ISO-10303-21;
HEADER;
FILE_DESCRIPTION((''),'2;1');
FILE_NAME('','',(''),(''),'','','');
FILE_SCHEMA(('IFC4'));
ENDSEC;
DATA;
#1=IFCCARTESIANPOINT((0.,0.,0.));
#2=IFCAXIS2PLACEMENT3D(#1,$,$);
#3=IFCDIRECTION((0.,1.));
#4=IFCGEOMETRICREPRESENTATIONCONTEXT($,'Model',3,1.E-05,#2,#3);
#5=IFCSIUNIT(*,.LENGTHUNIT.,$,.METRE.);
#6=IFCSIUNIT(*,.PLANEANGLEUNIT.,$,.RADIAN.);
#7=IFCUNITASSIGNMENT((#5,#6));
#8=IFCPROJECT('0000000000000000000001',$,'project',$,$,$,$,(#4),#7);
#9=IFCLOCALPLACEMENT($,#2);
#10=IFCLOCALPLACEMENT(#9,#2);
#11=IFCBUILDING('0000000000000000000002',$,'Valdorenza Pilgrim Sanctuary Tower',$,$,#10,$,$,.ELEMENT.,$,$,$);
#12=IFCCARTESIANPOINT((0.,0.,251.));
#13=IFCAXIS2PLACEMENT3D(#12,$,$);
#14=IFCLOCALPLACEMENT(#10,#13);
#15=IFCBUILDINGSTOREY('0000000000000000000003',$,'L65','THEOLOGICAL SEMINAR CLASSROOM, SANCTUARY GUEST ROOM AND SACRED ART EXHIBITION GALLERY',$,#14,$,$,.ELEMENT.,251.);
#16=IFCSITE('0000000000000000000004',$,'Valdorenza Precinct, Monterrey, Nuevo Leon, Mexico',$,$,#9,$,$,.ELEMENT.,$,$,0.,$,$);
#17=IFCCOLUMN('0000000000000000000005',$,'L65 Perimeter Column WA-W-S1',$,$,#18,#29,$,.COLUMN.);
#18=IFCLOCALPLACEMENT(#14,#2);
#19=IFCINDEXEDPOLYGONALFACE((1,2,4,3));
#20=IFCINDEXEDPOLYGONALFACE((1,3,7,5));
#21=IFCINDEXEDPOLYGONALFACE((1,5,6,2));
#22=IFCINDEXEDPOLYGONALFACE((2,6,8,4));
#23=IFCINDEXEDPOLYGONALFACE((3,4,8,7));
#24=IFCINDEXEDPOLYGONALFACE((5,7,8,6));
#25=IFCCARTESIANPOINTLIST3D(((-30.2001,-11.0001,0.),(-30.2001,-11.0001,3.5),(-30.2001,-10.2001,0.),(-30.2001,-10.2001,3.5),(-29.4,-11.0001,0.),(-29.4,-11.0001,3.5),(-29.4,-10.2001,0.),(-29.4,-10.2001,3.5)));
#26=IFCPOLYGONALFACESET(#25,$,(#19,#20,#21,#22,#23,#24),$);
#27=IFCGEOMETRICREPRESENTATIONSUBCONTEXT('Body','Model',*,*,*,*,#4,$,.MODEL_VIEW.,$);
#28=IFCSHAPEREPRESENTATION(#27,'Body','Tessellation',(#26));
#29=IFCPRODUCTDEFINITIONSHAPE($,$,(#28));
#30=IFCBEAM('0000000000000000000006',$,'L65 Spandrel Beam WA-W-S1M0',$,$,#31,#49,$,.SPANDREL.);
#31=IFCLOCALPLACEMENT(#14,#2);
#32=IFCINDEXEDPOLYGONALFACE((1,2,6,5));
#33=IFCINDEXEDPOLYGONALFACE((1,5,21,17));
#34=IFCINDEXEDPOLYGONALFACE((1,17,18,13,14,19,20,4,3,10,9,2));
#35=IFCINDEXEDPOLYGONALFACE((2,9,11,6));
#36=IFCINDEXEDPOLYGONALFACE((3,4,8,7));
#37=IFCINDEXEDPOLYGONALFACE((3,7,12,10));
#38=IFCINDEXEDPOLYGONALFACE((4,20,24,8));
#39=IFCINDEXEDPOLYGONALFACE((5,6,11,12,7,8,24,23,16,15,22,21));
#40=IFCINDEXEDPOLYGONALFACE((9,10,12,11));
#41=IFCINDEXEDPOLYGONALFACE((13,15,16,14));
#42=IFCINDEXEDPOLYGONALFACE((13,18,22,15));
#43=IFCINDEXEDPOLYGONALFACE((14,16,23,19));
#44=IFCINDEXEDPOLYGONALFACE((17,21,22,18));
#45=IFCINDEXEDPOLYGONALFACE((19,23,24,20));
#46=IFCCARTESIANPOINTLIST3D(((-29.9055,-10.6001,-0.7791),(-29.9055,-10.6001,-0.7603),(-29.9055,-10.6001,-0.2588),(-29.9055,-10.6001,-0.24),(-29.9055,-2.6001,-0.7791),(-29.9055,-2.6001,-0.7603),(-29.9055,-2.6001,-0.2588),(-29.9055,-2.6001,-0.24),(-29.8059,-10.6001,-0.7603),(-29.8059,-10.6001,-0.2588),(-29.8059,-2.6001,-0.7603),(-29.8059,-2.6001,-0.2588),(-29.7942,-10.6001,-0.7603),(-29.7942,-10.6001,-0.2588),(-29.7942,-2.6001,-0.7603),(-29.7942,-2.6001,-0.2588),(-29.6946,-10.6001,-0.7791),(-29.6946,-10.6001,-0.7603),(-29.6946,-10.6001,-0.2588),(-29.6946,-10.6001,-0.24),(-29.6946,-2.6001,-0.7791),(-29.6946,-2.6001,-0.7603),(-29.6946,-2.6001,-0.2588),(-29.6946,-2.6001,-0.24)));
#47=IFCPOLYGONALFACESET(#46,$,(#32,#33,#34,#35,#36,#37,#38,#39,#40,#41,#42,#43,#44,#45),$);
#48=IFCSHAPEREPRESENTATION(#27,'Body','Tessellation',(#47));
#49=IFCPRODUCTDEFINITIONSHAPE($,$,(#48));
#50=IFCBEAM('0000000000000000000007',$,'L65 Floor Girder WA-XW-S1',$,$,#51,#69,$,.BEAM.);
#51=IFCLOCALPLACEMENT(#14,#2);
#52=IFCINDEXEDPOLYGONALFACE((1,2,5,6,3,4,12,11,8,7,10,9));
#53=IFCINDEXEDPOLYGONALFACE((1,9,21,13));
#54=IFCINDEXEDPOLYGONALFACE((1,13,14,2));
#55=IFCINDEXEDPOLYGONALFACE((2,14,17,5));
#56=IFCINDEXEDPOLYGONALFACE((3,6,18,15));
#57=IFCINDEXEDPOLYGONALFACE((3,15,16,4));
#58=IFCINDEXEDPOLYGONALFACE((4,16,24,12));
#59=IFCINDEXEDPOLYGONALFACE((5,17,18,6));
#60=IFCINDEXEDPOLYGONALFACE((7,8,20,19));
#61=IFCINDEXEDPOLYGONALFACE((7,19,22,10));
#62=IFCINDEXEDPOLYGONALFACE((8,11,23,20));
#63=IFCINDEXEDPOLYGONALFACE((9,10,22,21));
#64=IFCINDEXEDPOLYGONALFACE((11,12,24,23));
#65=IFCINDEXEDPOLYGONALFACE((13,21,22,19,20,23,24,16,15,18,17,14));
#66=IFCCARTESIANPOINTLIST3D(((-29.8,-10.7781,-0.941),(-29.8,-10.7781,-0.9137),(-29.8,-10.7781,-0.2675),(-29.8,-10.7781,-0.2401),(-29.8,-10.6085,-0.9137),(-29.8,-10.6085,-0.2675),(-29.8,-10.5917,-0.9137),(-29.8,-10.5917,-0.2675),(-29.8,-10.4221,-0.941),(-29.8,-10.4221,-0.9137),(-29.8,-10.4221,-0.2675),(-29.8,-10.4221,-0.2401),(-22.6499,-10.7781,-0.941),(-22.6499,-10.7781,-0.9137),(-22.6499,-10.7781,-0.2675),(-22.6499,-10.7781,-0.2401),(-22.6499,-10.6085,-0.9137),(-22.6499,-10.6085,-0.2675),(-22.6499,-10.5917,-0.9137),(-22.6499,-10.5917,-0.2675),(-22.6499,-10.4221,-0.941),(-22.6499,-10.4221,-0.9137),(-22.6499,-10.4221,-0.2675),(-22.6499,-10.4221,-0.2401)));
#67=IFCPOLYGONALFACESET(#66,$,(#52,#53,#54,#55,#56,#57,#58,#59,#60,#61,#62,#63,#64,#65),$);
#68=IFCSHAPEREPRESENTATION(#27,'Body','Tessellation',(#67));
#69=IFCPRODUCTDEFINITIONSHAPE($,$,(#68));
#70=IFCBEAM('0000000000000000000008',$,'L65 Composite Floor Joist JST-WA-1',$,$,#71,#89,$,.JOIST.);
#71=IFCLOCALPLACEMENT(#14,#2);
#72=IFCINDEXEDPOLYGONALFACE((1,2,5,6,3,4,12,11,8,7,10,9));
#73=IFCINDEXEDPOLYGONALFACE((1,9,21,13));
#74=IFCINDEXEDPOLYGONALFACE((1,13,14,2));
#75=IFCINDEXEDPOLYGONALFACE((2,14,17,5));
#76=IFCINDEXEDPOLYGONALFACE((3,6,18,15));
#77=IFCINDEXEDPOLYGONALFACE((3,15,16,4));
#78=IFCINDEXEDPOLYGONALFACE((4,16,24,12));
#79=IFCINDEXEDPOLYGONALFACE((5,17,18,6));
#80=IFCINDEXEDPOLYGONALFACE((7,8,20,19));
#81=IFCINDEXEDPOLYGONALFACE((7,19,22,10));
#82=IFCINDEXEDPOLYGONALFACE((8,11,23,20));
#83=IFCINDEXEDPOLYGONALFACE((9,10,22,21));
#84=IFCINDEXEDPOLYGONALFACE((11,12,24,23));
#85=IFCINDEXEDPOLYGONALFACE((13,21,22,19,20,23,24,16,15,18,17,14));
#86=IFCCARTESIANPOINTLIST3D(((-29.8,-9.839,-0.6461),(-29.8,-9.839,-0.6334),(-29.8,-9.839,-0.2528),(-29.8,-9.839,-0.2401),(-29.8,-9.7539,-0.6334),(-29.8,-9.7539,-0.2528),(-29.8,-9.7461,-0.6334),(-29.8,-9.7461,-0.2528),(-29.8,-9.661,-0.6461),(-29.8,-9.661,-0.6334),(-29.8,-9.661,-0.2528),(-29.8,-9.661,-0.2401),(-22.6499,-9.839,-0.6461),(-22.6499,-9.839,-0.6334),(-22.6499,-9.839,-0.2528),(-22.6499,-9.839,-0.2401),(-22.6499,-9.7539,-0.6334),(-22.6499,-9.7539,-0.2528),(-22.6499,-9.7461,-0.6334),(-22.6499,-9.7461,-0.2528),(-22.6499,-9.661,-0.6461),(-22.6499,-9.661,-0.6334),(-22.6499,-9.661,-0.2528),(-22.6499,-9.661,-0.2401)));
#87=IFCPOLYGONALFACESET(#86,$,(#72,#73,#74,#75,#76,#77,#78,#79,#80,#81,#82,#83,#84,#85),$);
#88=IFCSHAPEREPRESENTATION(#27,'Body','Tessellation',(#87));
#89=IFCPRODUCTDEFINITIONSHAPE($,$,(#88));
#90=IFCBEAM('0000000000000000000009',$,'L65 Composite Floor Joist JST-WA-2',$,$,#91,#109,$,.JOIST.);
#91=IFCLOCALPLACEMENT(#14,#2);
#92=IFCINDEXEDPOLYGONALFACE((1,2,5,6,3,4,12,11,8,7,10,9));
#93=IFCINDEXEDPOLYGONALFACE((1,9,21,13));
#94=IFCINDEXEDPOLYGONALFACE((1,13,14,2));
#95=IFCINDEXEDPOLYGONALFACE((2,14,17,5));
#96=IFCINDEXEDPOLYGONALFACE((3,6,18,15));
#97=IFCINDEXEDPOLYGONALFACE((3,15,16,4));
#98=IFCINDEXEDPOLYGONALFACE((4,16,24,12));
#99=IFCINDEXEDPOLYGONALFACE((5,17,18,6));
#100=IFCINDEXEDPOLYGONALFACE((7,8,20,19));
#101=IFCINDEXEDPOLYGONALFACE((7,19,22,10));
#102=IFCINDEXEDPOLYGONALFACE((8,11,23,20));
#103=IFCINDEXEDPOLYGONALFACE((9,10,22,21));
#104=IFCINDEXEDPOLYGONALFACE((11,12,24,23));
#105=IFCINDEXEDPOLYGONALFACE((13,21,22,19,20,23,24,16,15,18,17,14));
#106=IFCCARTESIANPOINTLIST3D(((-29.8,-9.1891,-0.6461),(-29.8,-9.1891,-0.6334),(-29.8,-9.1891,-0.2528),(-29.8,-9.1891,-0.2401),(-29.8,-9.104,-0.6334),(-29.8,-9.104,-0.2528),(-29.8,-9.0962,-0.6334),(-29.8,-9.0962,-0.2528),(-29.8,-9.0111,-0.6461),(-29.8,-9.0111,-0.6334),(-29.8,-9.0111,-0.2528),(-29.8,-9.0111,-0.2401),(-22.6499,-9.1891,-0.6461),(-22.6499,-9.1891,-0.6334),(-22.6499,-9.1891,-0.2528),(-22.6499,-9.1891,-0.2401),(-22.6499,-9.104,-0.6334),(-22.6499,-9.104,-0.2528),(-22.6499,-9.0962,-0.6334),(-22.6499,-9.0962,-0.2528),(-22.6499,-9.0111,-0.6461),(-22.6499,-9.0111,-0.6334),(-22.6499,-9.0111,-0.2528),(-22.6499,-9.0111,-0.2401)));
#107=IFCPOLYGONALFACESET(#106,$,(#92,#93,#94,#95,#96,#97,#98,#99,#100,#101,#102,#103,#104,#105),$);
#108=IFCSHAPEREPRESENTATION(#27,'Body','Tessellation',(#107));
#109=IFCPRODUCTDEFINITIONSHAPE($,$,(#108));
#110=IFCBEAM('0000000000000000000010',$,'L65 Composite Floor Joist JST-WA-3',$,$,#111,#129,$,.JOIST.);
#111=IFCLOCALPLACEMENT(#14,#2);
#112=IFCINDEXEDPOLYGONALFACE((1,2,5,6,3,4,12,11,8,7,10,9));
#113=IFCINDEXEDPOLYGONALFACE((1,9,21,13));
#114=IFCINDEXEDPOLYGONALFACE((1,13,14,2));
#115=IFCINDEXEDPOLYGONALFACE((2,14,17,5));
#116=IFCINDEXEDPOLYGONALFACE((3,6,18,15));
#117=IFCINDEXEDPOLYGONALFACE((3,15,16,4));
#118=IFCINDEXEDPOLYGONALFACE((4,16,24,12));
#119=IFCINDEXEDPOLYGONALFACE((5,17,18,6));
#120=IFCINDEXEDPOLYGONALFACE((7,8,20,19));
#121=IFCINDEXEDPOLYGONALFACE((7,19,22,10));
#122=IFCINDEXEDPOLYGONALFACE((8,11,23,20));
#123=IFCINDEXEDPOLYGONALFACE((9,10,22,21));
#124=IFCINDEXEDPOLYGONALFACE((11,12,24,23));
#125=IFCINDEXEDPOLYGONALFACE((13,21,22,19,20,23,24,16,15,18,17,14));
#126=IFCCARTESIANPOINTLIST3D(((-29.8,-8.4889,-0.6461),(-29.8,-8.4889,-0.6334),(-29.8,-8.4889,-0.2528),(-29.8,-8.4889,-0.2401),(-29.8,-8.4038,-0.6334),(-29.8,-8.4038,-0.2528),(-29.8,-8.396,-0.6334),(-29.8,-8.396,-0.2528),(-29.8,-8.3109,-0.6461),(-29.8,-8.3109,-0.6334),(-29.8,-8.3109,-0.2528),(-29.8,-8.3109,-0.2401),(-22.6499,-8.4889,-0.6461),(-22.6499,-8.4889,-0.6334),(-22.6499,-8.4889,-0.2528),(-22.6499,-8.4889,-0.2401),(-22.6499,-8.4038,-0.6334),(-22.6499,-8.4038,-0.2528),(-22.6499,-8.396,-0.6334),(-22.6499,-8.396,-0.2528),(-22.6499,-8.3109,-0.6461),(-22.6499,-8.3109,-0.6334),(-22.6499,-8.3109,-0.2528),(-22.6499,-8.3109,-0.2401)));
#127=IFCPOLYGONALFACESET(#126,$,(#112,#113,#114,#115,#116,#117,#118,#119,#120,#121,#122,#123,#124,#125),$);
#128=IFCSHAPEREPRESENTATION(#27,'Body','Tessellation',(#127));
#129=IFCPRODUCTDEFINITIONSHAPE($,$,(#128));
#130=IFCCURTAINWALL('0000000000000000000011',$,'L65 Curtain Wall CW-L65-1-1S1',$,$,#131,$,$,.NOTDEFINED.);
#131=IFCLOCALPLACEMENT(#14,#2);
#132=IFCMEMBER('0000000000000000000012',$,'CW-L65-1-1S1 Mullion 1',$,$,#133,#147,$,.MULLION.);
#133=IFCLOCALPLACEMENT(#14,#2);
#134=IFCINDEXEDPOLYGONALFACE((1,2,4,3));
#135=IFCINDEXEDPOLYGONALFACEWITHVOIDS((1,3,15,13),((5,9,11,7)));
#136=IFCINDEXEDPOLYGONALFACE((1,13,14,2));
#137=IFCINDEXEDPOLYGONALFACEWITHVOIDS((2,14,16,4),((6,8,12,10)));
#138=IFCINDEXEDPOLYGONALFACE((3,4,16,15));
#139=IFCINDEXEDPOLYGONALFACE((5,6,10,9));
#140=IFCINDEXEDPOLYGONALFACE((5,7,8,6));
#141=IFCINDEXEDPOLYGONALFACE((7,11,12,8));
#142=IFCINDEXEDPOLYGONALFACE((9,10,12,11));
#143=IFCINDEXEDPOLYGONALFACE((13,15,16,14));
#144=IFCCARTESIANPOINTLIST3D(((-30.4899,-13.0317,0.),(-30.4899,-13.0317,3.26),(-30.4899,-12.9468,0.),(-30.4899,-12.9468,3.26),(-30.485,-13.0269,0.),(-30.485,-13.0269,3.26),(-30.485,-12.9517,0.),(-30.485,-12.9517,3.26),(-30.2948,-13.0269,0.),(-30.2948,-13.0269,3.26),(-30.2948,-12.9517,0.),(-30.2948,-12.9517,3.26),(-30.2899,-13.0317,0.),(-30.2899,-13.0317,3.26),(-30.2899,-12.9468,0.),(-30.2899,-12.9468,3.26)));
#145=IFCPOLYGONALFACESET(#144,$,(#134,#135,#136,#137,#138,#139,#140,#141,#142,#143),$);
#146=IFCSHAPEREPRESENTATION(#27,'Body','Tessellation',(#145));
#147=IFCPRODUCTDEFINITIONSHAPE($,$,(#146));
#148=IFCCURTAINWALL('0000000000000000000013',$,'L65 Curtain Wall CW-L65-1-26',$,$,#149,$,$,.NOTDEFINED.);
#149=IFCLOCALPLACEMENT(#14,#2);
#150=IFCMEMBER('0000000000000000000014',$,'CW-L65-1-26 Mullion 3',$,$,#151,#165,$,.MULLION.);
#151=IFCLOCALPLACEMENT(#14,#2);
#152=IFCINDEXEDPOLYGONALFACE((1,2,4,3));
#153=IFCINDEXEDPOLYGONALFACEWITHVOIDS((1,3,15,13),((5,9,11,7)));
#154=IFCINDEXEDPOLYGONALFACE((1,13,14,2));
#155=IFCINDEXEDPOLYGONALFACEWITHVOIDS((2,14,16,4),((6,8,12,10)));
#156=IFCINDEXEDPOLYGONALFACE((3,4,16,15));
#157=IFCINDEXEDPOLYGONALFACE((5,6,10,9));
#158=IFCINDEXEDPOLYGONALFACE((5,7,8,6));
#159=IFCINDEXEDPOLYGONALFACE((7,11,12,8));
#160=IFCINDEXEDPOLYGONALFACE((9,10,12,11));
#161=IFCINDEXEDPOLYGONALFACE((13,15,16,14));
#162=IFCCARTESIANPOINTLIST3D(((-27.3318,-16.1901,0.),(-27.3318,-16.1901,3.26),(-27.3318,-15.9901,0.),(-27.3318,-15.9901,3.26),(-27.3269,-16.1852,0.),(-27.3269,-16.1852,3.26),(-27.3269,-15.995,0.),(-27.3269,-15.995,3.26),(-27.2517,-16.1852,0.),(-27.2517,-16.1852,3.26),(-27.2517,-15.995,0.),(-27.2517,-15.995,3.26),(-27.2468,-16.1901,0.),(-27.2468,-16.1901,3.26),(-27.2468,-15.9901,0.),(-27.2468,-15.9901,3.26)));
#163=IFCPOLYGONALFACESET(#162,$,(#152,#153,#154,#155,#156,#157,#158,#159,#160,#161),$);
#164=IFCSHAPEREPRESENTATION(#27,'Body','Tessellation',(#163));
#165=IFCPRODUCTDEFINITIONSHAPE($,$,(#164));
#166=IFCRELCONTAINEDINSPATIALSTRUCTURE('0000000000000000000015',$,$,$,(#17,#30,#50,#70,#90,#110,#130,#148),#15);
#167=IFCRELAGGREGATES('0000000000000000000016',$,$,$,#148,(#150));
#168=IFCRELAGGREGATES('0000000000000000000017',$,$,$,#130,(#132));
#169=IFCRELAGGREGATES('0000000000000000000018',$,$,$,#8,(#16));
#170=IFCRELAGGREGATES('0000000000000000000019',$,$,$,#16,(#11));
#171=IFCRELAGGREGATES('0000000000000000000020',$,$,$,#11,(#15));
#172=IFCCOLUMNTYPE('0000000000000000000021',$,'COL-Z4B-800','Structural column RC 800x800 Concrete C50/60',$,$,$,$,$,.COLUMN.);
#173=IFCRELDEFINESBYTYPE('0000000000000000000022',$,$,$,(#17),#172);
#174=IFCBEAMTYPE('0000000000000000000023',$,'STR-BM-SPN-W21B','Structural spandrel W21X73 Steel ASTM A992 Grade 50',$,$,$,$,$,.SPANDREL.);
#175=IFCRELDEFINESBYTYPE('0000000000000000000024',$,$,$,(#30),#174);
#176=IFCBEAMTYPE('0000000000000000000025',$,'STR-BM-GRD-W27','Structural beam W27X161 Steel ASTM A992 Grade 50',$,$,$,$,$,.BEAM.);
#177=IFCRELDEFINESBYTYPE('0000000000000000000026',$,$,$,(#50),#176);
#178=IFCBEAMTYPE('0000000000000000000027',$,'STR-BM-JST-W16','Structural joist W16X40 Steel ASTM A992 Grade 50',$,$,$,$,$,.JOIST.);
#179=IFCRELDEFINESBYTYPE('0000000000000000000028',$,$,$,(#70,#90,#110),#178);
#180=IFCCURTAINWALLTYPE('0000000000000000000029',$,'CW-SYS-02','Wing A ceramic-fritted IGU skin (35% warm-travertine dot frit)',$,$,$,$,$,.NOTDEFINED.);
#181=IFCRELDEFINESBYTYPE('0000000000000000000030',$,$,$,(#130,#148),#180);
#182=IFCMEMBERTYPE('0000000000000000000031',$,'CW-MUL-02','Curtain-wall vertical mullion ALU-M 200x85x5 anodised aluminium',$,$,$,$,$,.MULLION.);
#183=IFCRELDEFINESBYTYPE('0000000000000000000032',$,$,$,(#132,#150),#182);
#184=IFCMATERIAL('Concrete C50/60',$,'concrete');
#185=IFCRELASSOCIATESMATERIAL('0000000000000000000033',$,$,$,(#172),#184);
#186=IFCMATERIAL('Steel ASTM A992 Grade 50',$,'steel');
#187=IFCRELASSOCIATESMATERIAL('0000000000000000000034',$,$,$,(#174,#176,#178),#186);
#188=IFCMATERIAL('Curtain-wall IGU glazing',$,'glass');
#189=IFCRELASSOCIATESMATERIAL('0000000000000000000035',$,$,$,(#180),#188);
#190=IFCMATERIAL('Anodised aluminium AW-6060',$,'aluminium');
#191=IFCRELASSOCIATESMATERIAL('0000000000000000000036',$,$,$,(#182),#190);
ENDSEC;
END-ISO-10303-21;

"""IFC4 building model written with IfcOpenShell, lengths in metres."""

from ifc_helpers import new_model, si_unit, direction, frame, origin, origin_2d, place, context, subcontext, project, spatial, rectangle, hollow_rectangle, i_section, extrude, source, transform, mapped, material, material_profile, profile_set, type_object, element, aggregate, save


model = new_model("IFC4")

# Units and contexts
model_context = context("Model", 3, precision=1e-05, world=origin(), true_north=direction((0.0, 1.0)))
body_context = subcontext(model_context, "Body", "Model", "MODEL_VIEW")
ifc_project = project(units=[si_unit("LENGTHUNIT", "METRE"), si_unit("PLANEANGLEUNIT", "RADIAN")], contexts=[model_context])

# Site, building, storey
site_placement = place(None, origin())
site = spatial("IfcSite", under=ifc_project, at=site_placement, Name="Valdorenza Precinct, Monterrey, Nuevo Leon, Mexico", CompositionType="ELEMENT", RefElevation=0.0)
building_placement = place(site_placement, origin())
building = spatial("IfcBuilding", under=site, at=building_placement, Name="Valdorenza Pilgrim Sanctuary Tower", CompositionType="ELEMENT")
storey_placement = place(building_placement, frame((0.0, 0.0, 251.0)))
storey = spatial("IfcBuildingStorey", under=building, at=storey_placement, Name="L65", Description="THEOLOGICAL SEMINAR CLASSROOM, SANCTUARY GUEST ROOM AND SACRED ART EXHIBITION GALLERY", CompositionType="ELEMENT", Elevation=251.0)

# Column
ifc_material_1 = material(Name="Concrete C50/60", Category="concrete")
ifc_material_profile_1 = material_profile(ifc_material_1, rectangle(XDim=0.8, YDim=0.8, at=origin_2d()), Name="RC 800x800")
ifc_profile_set_1 = profile_set([ifc_material_profile_1], Name="Concrete C50/60")
column_type = type_object("IfcColumnType", Name="COL-Z4B-800", Description="Structural column RC 800x800 Concrete C50/60", PredefinedType="COLUMN", material=ifc_profile_set_1)
shared_shape_1 = source(origin(), body_context, "Body", "SweptSolid", [
    extrude(rectangle(XDim=0.8, YDim=0.8, at=origin_2d()), origin(), (0.0, 0.0, 1.0), 3.5),
])
column_placement = place(storey_placement, frame((-29.8, -10.6001, 0.0), z_axis=(0.0, 0.0, 1.0), x_axis=(1.0, 0.0, 0.0)))
element("IfcColumn", 1, at=column_placement, inside=storey, type_object=column_type, Name="L65 Perimeter Column WA-W-S1", PredefinedType="COLUMN", context=body_context, shape_type="MappedRepresentation", body=[
    mapped(shared_shape_1, transform((0.0, 0.0, 0.0), x_axis=(1.0, 0.0, 0.0), y_axis=(0.0, 1.0, 0.0), z_axis=(0.0, 0.0, 1.0), scale=1.0)),
])

# Beams
ifc_material_2 = material(Name="Steel ASTM A992 Grade 50", Category="steel")
ifc_material_profile_2 = material_profile(ifc_material_2, i_section(OverallWidth=0.2109, OverallDepth=0.5391, WebThickness=0.0117, FlangeThickness=0.0188, at=origin_2d()), Name="W21X73")
ifc_profile_set_2 = profile_set([ifc_material_profile_2], Name="Steel ASTM A992 Grade 50")
beam_type_1 = type_object("IfcBeamType", Name="STR-BM-SPN-W21B", Description="Structural spandrel W21X73 Steel ASTM A992 Grade 50", PredefinedType="SPANDREL", material=ifc_profile_set_2)
shared_shape_2 = source(origin(), body_context, "Body", "SweptSolid", [
    extrude(i_section(OverallWidth=0.2109, OverallDepth=0.5391, WebThickness=0.0117, FlangeThickness=0.0188, at=origin_2d()), origin(), (0.0, 0.0, 1.0), 8.0),
])
beam_1_placement = place(storey_placement, frame((-29.8, -10.6001, -0.5095), z_axis=(0.0, 1.0, 0.0), x_axis=(-1.0, 0.0, 0.0)))
element("IfcBeam", 2, at=beam_1_placement, inside=storey, type_object=beam_type_1, Name="L65 Spandrel Beam WA-W-S1M0", PredefinedType="SPANDREL", context=body_context, shape_type="MappedRepresentation", body=[
    mapped(shared_shape_2, transform((0.0, 0.0, 0.0), x_axis=(1.0, 0.0, 0.0), y_axis=(0.0, 1.0, 0.0), z_axis=(0.0, 0.0, 1.0), scale=1.0)),
])
ifc_material_profile_3 = material_profile(ifc_material_2, i_section(OverallWidth=0.356, OverallDepth=0.7009, WebThickness=0.0168, FlangeThickness=0.0273, at=origin_2d()), Name="W27X161")
ifc_profile_set_3 = profile_set([ifc_material_profile_3], Name="Steel ASTM A992 Grade 50")
beam_type_2 = type_object("IfcBeamType", Name="STR-BM-GRD-W27", Description="Structural beam W27X161 Steel ASTM A992 Grade 50", PredefinedType="BEAM", material=ifc_profile_set_3)
shared_shape_3 = source(origin(), body_context, "Body", "SweptSolid", [
    extrude(i_section(OverallWidth=0.356, OverallDepth=0.7009, WebThickness=0.0168, FlangeThickness=0.0273, at=origin_2d()), origin(), (0.0, 0.0, 1.0), 7.1501),
])
beam_2_placement = place(storey_placement, frame((-29.8, -10.6001, -0.5906), z_axis=(1.0, 0.0, 0.0), x_axis=(0.0, 1.0, 0.0)))
element("IfcBeam", 3, at=beam_2_placement, inside=storey, type_object=beam_type_2, Name="L65 Floor Girder WA-XW-S1", PredefinedType="BEAM", context=body_context, shape_type="MappedRepresentation", body=[
    mapped(shared_shape_3, transform((0.0, 0.0, 0.0), x_axis=(1.0, 0.0, 0.0), y_axis=(0.0, 1.0, 0.0), z_axis=(0.0, 0.0, 1.0), scale=1.0)),
])
ifc_material_profile_4 = material_profile(ifc_material_2, i_section(OverallWidth=0.178, OverallDepth=0.406, WebThickness=0.0078, FlangeThickness=0.0127, at=origin_2d()), Name="W16X40")
ifc_profile_set_4 = profile_set([ifc_material_profile_4], Name="Steel ASTM A992 Grade 50")
beam_type_3 = type_object("IfcBeamType", Name="STR-BM-JST-W16", Description="Structural joist W16X40 Steel ASTM A992 Grade 50", PredefinedType="JOIST", material=ifc_profile_set_4)
shared_shape_4 = source(origin(), body_context, "Body", "SweptSolid", [
    extrude(i_section(OverallWidth=0.178, OverallDepth=0.406, WebThickness=0.0078, FlangeThickness=0.0127, at=origin_2d()), origin(), (0.0, 0.0, 1.0), 7.1501),
])
for number, where, z_axis, x_axis, name in (
    (4, (-29.8, -9.75, -0.4431), (1.0, 0.0, 0.0), (0.0, 1.0, 0.0), "L65 Composite Floor Joist JST-WA-1"),
    (5, (-29.8, -9.1001, -0.4431), (1.0, 0.0, 0.0), (0.0, 1.0, 0.0), "L65 Composite Floor Joist JST-WA-2"),
    (6, (-29.8, -8.3999, -0.4431), (1.0, 0.0, 0.0), (0.0, 1.0, 0.0), "L65 Composite Floor Joist JST-WA-3"),
):
    element("IfcBeam", number, at=place(storey_placement, frame(where, z_axis=z_axis, x_axis=x_axis)), inside=storey, type_object=beam_type_3, Name=name, PredefinedType="JOIST", context=body_context, shape_type="MappedRepresentation", body=[
        mapped(shared_shape_4, transform((0.0, 0.0, 0.0), x_axis=(1.0, 0.0, 0.0), y_axis=(0.0, 1.0, 0.0), z_axis=(0.0, 0.0, 1.0), scale=1.0)),
    ])

# Curtain walls, members
ifc_material_3 = material(Name="Curtain-wall IGU glazing", Category="glass")
curtain_wall_type = type_object("IfcCurtainWallType", Name="CW-SYS-02", Description="Wing A ceramic-fritted IGU skin (35% warm-travertine dot frit)", PredefinedType="NOTDEFINED", material=ifc_material_3)
curtain_wall_1_placement = place(storey_placement, origin())
curtain_wall_1 = element("IfcCurtainWall", 7, at=curtain_wall_1_placement, inside=storey, type_object=curtain_wall_type, Name="L65 Curtain Wall CW-L65-1-1S1", PredefinedType="NOTDEFINED")
ifc_material_4 = material(Name="Anodised aluminium AW-6060", Category="aluminium")
ifc_material_profile_5 = material_profile(ifc_material_4, hollow_rectangle(XDim=0.085, YDim=0.2, WallThickness=0.0049, at=origin_2d()), Name="ALU-M 200x85x5")
ifc_profile_set_5 = profile_set([ifc_material_profile_5], Name="Anodised aluminium AW-6060")
member_type_1 = type_object("IfcMemberType", Name="CW-MUL-02", Description="Curtain-wall vertical mullion ALU-M 200x85x5 anodised aluminium", PredefinedType="MULLION", material=ifc_profile_set_5)
shared_shape_5 = source(origin(), body_context, "Body", "SweptSolid", [
    extrude(hollow_rectangle(XDim=0.085, YDim=0.2, WallThickness=0.0049, at=origin_2d()), origin(), (0.0, 0.0, 1.0), 3.26),
])
member_1_placement = place(storey_placement, frame((-30.3899, -12.9893, 0.0), z_axis=(0.0, 0.0, 1.0), x_axis=(0.0, 1.0, 0.0)))
member_1 = element("IfcMember", 8, at=member_1_placement, type_object=member_type_1, Name="CW-L65-1-1S1 Mullion 1", PredefinedType="MULLION", context=body_context, shape_type="MappedRepresentation", body=[
    mapped(shared_shape_5, transform((0.0, 0.0, 0.0), x_axis=(1.0, 0.0, 0.0), y_axis=(0.0, 1.0, 0.0), z_axis=(0.0, 0.0, 1.0), scale=1.0)),
])
curtain_wall_2_placement = place(storey_placement, origin())
curtain_wall_2 = element("IfcCurtainWall", 9, at=curtain_wall_2_placement, inside=storey, type_object=curtain_wall_type, Name="L65 Curtain Wall CW-L65-1-26", PredefinedType="NOTDEFINED")
member_2_placement = place(storey_placement, frame((-27.2893, -16.0901, 0.0), z_axis=(0.0, 0.0, 1.0), x_axis=(-1.0, 0.0, 0.0)))
member_2 = element("IfcMember", 10, at=member_2_placement, type_object=member_type_1, Name="CW-L65-1-26 Mullion 3", PredefinedType="MULLION", context=body_context, shape_type="MappedRepresentation", body=[
    mapped(shared_shape_5, transform((0.0, 0.0, 0.0), x_axis=(1.0, 0.0, 0.0), y_axis=(0.0, 1.0, 0.0), z_axis=(0.0, 0.0, 1.0), scale=1.0)),
])

aggregate(curtain_wall_2, [member_2])
aggregate(curtain_wall_1, [member_1])

save(model, "model.ifc")
